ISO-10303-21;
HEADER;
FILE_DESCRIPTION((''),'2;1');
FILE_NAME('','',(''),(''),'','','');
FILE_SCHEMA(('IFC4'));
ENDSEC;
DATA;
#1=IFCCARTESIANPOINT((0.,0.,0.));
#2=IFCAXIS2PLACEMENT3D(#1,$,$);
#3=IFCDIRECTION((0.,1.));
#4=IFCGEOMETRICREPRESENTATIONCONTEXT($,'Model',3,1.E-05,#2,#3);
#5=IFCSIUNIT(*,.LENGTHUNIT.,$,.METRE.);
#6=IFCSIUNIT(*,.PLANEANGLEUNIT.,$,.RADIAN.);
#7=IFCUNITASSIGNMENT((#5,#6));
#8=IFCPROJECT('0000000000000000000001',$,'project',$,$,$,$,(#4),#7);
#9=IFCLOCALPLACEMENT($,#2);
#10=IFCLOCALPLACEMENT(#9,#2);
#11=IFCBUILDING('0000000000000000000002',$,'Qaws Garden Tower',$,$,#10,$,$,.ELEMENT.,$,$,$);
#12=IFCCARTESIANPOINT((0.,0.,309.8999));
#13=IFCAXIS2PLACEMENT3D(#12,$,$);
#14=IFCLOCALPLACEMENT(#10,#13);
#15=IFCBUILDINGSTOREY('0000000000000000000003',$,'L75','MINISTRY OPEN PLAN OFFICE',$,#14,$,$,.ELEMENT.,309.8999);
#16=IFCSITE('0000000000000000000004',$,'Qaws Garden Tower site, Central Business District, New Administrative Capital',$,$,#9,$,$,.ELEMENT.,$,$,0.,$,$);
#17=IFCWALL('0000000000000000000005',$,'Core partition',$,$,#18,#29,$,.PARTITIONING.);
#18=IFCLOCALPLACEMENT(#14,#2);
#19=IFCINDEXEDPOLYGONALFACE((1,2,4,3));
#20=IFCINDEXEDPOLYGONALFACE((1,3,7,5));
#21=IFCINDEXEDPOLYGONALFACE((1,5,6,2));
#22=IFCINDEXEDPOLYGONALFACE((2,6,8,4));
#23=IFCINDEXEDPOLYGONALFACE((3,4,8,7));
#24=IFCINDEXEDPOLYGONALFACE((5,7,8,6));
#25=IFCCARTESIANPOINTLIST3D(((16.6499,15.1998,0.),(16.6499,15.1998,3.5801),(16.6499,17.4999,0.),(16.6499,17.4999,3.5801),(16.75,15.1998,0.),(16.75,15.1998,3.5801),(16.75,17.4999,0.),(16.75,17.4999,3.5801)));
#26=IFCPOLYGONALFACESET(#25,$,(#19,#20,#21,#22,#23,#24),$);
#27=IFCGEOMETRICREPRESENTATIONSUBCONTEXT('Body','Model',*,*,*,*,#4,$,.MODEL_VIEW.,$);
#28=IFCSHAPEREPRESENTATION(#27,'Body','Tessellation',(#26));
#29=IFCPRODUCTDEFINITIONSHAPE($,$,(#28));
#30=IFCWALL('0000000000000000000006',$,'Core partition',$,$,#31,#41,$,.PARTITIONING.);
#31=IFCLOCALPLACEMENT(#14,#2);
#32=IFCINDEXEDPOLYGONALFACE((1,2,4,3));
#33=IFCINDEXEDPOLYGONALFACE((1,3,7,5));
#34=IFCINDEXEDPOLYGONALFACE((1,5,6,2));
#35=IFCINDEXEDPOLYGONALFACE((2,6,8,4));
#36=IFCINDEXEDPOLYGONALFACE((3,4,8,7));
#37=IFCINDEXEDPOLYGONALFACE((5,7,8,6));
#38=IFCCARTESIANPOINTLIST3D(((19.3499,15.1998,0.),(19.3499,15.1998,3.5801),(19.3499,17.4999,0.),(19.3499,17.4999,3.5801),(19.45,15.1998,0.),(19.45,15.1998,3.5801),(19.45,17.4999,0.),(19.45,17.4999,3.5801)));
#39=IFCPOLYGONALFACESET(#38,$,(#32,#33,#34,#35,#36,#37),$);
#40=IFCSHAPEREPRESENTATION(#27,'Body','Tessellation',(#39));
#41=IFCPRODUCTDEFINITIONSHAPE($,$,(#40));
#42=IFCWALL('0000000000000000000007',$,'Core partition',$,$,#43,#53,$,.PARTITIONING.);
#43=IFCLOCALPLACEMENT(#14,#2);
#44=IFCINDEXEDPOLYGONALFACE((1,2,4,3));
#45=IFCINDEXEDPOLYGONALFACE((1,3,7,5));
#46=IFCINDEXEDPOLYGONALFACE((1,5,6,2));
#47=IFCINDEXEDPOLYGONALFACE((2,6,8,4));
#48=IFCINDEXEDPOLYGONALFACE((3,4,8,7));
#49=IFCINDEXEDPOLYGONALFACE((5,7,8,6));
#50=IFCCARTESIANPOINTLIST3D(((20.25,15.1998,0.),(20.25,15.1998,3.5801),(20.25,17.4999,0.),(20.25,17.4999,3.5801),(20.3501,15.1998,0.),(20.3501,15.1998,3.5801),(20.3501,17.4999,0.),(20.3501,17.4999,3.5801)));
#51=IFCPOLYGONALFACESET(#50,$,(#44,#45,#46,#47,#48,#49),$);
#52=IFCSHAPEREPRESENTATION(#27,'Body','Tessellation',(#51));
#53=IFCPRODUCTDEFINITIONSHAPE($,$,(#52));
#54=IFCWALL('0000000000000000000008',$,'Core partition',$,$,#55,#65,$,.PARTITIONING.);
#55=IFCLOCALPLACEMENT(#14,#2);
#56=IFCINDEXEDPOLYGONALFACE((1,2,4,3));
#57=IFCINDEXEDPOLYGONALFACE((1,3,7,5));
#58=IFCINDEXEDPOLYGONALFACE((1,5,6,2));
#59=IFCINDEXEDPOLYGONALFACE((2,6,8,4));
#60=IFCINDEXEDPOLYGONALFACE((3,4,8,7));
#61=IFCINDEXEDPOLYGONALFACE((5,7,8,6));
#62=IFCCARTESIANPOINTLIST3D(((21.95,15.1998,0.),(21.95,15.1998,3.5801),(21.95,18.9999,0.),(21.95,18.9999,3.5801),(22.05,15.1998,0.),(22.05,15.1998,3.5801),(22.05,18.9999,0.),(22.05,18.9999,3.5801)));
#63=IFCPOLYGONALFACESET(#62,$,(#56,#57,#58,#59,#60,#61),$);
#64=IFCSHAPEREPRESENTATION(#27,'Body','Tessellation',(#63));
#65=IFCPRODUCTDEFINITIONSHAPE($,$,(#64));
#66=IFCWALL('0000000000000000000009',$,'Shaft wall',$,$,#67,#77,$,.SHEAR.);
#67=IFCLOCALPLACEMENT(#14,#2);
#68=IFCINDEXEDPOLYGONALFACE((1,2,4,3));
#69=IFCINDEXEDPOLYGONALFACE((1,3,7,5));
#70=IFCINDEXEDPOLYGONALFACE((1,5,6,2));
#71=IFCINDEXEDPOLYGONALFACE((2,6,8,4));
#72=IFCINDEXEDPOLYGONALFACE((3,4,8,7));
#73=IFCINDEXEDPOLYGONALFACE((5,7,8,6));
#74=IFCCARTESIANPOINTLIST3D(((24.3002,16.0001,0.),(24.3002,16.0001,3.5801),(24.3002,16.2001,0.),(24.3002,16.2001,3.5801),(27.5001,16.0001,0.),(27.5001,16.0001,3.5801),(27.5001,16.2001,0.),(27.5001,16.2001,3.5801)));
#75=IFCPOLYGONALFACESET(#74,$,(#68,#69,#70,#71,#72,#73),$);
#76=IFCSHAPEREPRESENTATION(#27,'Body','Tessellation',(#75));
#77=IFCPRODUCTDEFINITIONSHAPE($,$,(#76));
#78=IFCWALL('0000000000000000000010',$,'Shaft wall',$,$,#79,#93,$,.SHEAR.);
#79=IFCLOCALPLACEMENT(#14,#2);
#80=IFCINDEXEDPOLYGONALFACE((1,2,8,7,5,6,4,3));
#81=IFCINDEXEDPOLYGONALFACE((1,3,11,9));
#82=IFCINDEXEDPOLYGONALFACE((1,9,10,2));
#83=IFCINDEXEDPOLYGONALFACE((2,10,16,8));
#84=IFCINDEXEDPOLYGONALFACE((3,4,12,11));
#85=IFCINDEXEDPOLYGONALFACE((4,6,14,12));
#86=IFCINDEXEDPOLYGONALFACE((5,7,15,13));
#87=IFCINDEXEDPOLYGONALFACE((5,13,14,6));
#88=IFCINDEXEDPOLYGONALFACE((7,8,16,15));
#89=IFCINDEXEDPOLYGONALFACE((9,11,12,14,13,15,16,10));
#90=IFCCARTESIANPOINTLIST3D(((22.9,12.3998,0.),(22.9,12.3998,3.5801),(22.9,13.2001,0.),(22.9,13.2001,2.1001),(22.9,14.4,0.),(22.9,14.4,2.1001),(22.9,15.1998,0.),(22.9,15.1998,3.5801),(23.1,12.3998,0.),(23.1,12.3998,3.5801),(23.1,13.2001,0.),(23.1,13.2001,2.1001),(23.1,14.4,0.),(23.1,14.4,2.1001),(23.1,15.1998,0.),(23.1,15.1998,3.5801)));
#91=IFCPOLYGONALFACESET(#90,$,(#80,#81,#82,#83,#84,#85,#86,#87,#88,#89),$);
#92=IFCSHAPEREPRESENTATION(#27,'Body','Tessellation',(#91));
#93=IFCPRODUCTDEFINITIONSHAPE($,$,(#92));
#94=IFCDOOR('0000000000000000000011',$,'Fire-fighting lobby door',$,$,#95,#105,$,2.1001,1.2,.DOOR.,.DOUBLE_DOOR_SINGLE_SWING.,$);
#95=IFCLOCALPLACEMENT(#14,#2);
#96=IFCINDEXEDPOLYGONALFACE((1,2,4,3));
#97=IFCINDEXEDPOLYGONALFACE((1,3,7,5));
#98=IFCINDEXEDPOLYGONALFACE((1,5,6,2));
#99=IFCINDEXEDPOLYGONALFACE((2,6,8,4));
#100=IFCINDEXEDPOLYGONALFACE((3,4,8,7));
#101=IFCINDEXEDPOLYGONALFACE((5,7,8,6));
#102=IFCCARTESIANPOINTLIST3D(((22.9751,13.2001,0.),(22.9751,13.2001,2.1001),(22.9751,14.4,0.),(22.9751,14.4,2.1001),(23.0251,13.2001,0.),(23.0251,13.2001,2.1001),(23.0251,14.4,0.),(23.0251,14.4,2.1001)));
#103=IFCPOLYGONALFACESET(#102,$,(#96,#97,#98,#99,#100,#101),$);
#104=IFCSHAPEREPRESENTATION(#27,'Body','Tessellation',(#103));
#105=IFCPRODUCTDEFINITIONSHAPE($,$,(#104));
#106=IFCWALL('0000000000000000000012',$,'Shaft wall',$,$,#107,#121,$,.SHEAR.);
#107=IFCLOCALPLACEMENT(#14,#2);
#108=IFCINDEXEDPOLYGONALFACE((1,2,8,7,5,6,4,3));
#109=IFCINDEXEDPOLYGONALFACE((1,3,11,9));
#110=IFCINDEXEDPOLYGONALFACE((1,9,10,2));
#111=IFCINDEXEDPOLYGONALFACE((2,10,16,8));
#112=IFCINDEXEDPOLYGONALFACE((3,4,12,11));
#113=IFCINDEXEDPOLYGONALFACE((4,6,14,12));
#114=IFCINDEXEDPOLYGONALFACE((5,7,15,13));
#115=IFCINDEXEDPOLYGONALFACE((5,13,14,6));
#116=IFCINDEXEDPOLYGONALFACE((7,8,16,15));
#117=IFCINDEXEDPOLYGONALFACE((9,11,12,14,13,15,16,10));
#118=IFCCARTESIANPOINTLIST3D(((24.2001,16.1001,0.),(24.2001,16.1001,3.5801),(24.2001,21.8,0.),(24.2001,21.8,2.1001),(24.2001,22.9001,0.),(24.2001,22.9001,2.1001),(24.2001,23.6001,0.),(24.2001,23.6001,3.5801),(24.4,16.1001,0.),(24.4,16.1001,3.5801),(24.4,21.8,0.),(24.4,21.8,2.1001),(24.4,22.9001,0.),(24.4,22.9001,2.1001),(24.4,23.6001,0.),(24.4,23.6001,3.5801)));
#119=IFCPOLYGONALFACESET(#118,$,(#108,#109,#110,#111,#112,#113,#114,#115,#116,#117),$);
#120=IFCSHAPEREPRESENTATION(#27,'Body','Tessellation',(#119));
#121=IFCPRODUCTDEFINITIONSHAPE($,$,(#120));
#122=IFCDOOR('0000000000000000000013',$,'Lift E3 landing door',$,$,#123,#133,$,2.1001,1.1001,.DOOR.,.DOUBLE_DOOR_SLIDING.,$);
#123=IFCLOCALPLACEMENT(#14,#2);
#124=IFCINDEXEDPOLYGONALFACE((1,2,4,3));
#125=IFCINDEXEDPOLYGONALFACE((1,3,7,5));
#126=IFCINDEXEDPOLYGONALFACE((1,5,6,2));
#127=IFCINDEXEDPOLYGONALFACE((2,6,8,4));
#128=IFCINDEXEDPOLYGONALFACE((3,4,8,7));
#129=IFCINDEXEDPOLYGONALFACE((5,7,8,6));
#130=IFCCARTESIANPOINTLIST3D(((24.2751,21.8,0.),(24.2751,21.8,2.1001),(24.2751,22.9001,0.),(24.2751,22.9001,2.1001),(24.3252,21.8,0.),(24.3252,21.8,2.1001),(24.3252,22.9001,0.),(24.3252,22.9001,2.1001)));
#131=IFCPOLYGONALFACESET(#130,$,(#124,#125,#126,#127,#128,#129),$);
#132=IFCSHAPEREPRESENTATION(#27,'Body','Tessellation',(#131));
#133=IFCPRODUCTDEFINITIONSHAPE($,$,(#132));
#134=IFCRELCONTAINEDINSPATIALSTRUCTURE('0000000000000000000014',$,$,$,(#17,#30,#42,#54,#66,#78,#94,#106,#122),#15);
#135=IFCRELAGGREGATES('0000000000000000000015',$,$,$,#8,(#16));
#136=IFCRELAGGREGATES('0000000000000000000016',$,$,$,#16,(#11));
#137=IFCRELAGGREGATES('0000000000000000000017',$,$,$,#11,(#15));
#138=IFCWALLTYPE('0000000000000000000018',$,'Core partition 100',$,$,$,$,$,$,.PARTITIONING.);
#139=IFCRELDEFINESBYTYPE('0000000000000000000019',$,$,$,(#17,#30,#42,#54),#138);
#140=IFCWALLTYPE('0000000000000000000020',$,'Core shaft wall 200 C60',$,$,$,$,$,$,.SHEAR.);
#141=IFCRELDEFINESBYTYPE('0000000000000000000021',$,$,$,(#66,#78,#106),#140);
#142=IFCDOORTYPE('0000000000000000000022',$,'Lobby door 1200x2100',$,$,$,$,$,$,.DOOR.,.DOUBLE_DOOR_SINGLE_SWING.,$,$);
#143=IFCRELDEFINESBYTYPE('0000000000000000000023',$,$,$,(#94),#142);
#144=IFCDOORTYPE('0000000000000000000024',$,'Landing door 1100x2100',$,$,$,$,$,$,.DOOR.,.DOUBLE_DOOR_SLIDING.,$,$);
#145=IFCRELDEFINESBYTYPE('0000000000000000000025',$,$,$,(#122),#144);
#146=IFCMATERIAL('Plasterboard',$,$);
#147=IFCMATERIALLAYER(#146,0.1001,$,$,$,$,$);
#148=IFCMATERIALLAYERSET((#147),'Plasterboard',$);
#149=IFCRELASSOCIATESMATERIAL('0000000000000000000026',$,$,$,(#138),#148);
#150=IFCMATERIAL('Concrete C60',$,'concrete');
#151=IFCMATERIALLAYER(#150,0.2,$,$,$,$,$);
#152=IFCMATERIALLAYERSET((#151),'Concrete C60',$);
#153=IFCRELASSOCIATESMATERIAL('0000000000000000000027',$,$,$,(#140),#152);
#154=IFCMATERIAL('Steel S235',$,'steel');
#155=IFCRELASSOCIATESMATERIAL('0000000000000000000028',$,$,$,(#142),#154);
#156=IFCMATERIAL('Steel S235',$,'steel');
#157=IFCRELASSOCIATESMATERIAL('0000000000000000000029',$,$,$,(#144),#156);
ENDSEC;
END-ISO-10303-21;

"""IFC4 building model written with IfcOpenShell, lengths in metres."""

from ifc_helpers import new_model, si_unit, direction, frame, frame_2d, origin, place, context, subcontext, project, spatial, rectangle, extrude, material, layer, layer_set, type_object, element, fill, save


model = new_model("IFC4")

# Units and contexts
model_context = context("Model", 3, precision=1e-05, world=origin(), true_north=direction((0.0, 1.0)))
body_context = subcontext(model_context, "Body", "Model", "MODEL_VIEW")
ifc_project = project(units=[si_unit("LENGTHUNIT", "METRE"), si_unit("PLANEANGLEUNIT", "RADIAN")], contexts=[model_context])

# Site, building, storey
site_placement = place(None, origin())
site = spatial("IfcSite", under=ifc_project, at=site_placement, Name="Qaws Garden Tower site, Central Business District, New Administrative Capital", CompositionType="ELEMENT", RefElevation=0.0)
building_placement = place(site_placement, origin())
building = spatial("IfcBuilding", under=site, at=building_placement, Name="Qaws Garden Tower", CompositionType="ELEMENT")
storey_placement = place(building_placement, frame((0.0, 0.0, 309.8999)))
storey = spatial("IfcBuildingStorey", under=building, at=storey_placement, Name="L75", Description="MINISTRY OPEN PLAN OFFICE", CompositionType="ELEMENT", Elevation=309.8999)

# Walls
ifc_material_1 = material(Name="Plasterboard")
ifc_layer_1 = layer(ifc_material_1, 0.1001)
ifc_layer_set_1 = layer_set([ifc_layer_1], Name="Plasterboard")
wall_type_1 = type_object("IfcWallType", Name="Core partition 100", PredefinedType="PARTITIONING", material=ifc_layer_set_1)
for number, where, z_axis, x_axis, name in (
    (1, (16.7, 15.2, 0.0), (0.0, 0.0, 1.0), (0.0, 1.0, 0.0), "Core partition"),
    (2, (19.3999, 15.2, 0.0), (0.0, 0.0, 1.0), (0.0, 1.0, 0.0), "Core partition"),
    (3, (20.3, 15.2, 0.0), (0.0, 0.0, 1.0), (0.0, 1.0, 0.0), "Core partition"),
):
    element("IfcWall", number, at=place(storey_placement, frame(where, z_axis=z_axis, x_axis=x_axis)), inside=storey, type_object=wall_type_1, Name=name, PredefinedType="PARTITIONING", context=body_context, shape_type="SweptSolid", body=[
        extrude(rectangle(XDim=2.3, YDim=0.1001, at=frame_2d((1.1499, 0.0))), origin(), (0.0, 0.0, 1.0), 3.5801),
    ])
wall_1_placement = place(storey_placement, frame((22.0, 15.2, 0.0), z_axis=(0.0, 0.0, 1.0), x_axis=(0.0, 1.0, 0.0)))
element("IfcWall", 4, at=wall_1_placement, inside=storey, type_object=wall_type_1, Name="Core partition", PredefinedType="PARTITIONING", context=body_context, shape_type="SweptSolid", body=[
    extrude(rectangle(XDim=3.8, YDim=0.1001, at=frame_2d((1.8999, 0.0))), origin(), (0.0, 0.0, 1.0), 3.5801),
])
ifc_material_2 = material(Name="Concrete C60", Category="concrete")
ifc_layer_2 = layer(ifc_material_2, 0.2)
ifc_layer_set_2 = layer_set([ifc_layer_2], Name="Concrete C60")
wall_type_2 = type_object("IfcWallType", Name="Core shaft wall 200 C60", PredefinedType="SHEAR", material=ifc_layer_set_2)
wall_2_placement = place(storey_placement, frame((24.3, 16.1001, 0.0), z_axis=(0.0, 0.0, 1.0), x_axis=(1.0, 0.0, 0.0)))
element("IfcWall", 5, at=wall_2_placement, inside=storey, type_object=wall_type_2, Name="Shaft wall", PredefinedType="SHEAR", context=body_context, shape_type="SweptSolid", body=[
    extrude(rectangle(XDim=3.2, YDim=0.2, at=frame_2d((1.6001, 0.0))), origin(), (0.0, 0.0, 1.0), 3.5801),
])

# Walls, openings, doors
wall_3_placement = place(storey_placement, frame((23.0, 12.3999, 0.0), z_axis=(0.0, 0.0, 1.0), x_axis=(0.0, 1.0, 0.0)))
wall_3 = element("IfcWall", 6, at=wall_3_placement, inside=storey, type_object=wall_type_2, Name="Shaft wall", PredefinedType="SHEAR", context=body_context, shape_type="SweptSolid", body=[
    extrude(rectangle(XDim=2.8, YDim=0.2, at=frame_2d((1.3999, 0.0))), origin(), (0.0, 0.0, 1.0), 3.5801),
])
opening_1_placement = place(wall_3_placement, frame((0.8, 0.0, 0.0)))
opening_1 = element("IfcOpeningElement", 7, at=opening_1_placement, cuts=wall_3, PredefinedType="OPENING", context=body_context, shape_type="SweptSolid", body=[
    extrude(rectangle(XDim=1.2, YDim=2.1001, at=frame_2d((0.6001, 1.05))), frame((0.0, 0.1099, 0.0), z_axis=(0.0, -1.0, 0.0), x_axis=(1.0, 0.0, 0.0)), (0.0, 0.0, 1.0), 0.22),
])
ifc_material_3 = material(Name="Steel S235", Category="steel")
door_type_1 = type_object("IfcDoorType", Name="Lobby door 1200x2100", OperationType="DOUBLE_DOOR_SINGLE_SWING", PredefinedType="DOOR", material=ifc_material_3)
door_1_placement = place(opening_1_placement, origin())
door_1 = element("IfcDoor", 8, at=door_1_placement, inside=storey, type_object=door_type_1, Name="Fire-fighting lobby door", OperationType="DOUBLE_DOOR_SINGLE_SWING", OverallHeight=2.1001, OverallWidth=1.2, PredefinedType="DOOR", context=body_context, shape_type="SweptSolid", body=[
    extrude(rectangle(XDim=1.2, YDim=2.1001, at=frame_2d((0.6001, 1.05))), frame((0.0, 0.0249, 0.0), z_axis=(0.0, -1.0, 0.0), x_axis=(1.0, 0.0, 0.0)), (0.0, 0.0, 1.0), 0.05),
])
fill(opening_1, door_1)
wall_4_placement = place(storey_placement, frame((24.3, 16.1001, 0.0), z_axis=(0.0, 0.0, 1.0), x_axis=(0.0, 1.0, 0.0)))
wall_4 = element("IfcWall", 9, at=wall_4_placement, inside=storey, type_object=wall_type_2, Name="Shaft wall", PredefinedType="SHEAR", context=body_context, shape_type="SweptSolid", body=[
    extrude(rectangle(XDim=7.5, YDim=0.2, at=frame_2d((3.75, 0.0))), origin(), (0.0, 0.0, 1.0), 3.5801),
])
opening_2_placement = place(wall_4_placement, frame((5.7, 0.0, 0.0)))
opening_2 = element("IfcOpeningElement", 10, at=opening_2_placement, cuts=wall_4, PredefinedType="OPENING", context=body_context, shape_type="SweptSolid", body=[
    extrude(rectangle(XDim=1.1001, YDim=2.1001, at=frame_2d((0.55, 1.05))), frame((0.0, 0.1099, 0.0), z_axis=(0.0, -1.0, 0.0), x_axis=(1.0, 0.0, 0.0)), (0.0, 0.0, 1.0), 0.22),
])
ifc_material_4 = material(Name="Steel S235", Category="steel")
door_type_2 = type_object("IfcDoorType", Name="Landing door 1100x2100", OperationType="DOUBLE_DOOR_SLIDING", PredefinedType="DOOR", material=ifc_material_4)
door_2_placement = place(opening_2_placement, origin())
door_2 = element("IfcDoor", 11, at=door_2_placement, inside=storey, type_object=door_type_2, Name="Lift E3 landing door", OperationType="DOUBLE_DOOR_SLIDING", OverallHeight=2.1001, OverallWidth=1.1001, PredefinedType="DOOR", context=body_context, shape_type="SweptSolid", body=[
    extrude(rectangle(XDim=1.1001, YDim=2.1001, at=frame_2d((0.55, 1.05))), frame((0.0, 0.0249, 0.0), z_axis=(0.0, -1.0, 0.0), x_axis=(1.0, 0.0, 0.0)), (0.0, 0.0, 1.0), 0.05),
])
fill(opening_2, door_2)

save(model, "model.ifc")
